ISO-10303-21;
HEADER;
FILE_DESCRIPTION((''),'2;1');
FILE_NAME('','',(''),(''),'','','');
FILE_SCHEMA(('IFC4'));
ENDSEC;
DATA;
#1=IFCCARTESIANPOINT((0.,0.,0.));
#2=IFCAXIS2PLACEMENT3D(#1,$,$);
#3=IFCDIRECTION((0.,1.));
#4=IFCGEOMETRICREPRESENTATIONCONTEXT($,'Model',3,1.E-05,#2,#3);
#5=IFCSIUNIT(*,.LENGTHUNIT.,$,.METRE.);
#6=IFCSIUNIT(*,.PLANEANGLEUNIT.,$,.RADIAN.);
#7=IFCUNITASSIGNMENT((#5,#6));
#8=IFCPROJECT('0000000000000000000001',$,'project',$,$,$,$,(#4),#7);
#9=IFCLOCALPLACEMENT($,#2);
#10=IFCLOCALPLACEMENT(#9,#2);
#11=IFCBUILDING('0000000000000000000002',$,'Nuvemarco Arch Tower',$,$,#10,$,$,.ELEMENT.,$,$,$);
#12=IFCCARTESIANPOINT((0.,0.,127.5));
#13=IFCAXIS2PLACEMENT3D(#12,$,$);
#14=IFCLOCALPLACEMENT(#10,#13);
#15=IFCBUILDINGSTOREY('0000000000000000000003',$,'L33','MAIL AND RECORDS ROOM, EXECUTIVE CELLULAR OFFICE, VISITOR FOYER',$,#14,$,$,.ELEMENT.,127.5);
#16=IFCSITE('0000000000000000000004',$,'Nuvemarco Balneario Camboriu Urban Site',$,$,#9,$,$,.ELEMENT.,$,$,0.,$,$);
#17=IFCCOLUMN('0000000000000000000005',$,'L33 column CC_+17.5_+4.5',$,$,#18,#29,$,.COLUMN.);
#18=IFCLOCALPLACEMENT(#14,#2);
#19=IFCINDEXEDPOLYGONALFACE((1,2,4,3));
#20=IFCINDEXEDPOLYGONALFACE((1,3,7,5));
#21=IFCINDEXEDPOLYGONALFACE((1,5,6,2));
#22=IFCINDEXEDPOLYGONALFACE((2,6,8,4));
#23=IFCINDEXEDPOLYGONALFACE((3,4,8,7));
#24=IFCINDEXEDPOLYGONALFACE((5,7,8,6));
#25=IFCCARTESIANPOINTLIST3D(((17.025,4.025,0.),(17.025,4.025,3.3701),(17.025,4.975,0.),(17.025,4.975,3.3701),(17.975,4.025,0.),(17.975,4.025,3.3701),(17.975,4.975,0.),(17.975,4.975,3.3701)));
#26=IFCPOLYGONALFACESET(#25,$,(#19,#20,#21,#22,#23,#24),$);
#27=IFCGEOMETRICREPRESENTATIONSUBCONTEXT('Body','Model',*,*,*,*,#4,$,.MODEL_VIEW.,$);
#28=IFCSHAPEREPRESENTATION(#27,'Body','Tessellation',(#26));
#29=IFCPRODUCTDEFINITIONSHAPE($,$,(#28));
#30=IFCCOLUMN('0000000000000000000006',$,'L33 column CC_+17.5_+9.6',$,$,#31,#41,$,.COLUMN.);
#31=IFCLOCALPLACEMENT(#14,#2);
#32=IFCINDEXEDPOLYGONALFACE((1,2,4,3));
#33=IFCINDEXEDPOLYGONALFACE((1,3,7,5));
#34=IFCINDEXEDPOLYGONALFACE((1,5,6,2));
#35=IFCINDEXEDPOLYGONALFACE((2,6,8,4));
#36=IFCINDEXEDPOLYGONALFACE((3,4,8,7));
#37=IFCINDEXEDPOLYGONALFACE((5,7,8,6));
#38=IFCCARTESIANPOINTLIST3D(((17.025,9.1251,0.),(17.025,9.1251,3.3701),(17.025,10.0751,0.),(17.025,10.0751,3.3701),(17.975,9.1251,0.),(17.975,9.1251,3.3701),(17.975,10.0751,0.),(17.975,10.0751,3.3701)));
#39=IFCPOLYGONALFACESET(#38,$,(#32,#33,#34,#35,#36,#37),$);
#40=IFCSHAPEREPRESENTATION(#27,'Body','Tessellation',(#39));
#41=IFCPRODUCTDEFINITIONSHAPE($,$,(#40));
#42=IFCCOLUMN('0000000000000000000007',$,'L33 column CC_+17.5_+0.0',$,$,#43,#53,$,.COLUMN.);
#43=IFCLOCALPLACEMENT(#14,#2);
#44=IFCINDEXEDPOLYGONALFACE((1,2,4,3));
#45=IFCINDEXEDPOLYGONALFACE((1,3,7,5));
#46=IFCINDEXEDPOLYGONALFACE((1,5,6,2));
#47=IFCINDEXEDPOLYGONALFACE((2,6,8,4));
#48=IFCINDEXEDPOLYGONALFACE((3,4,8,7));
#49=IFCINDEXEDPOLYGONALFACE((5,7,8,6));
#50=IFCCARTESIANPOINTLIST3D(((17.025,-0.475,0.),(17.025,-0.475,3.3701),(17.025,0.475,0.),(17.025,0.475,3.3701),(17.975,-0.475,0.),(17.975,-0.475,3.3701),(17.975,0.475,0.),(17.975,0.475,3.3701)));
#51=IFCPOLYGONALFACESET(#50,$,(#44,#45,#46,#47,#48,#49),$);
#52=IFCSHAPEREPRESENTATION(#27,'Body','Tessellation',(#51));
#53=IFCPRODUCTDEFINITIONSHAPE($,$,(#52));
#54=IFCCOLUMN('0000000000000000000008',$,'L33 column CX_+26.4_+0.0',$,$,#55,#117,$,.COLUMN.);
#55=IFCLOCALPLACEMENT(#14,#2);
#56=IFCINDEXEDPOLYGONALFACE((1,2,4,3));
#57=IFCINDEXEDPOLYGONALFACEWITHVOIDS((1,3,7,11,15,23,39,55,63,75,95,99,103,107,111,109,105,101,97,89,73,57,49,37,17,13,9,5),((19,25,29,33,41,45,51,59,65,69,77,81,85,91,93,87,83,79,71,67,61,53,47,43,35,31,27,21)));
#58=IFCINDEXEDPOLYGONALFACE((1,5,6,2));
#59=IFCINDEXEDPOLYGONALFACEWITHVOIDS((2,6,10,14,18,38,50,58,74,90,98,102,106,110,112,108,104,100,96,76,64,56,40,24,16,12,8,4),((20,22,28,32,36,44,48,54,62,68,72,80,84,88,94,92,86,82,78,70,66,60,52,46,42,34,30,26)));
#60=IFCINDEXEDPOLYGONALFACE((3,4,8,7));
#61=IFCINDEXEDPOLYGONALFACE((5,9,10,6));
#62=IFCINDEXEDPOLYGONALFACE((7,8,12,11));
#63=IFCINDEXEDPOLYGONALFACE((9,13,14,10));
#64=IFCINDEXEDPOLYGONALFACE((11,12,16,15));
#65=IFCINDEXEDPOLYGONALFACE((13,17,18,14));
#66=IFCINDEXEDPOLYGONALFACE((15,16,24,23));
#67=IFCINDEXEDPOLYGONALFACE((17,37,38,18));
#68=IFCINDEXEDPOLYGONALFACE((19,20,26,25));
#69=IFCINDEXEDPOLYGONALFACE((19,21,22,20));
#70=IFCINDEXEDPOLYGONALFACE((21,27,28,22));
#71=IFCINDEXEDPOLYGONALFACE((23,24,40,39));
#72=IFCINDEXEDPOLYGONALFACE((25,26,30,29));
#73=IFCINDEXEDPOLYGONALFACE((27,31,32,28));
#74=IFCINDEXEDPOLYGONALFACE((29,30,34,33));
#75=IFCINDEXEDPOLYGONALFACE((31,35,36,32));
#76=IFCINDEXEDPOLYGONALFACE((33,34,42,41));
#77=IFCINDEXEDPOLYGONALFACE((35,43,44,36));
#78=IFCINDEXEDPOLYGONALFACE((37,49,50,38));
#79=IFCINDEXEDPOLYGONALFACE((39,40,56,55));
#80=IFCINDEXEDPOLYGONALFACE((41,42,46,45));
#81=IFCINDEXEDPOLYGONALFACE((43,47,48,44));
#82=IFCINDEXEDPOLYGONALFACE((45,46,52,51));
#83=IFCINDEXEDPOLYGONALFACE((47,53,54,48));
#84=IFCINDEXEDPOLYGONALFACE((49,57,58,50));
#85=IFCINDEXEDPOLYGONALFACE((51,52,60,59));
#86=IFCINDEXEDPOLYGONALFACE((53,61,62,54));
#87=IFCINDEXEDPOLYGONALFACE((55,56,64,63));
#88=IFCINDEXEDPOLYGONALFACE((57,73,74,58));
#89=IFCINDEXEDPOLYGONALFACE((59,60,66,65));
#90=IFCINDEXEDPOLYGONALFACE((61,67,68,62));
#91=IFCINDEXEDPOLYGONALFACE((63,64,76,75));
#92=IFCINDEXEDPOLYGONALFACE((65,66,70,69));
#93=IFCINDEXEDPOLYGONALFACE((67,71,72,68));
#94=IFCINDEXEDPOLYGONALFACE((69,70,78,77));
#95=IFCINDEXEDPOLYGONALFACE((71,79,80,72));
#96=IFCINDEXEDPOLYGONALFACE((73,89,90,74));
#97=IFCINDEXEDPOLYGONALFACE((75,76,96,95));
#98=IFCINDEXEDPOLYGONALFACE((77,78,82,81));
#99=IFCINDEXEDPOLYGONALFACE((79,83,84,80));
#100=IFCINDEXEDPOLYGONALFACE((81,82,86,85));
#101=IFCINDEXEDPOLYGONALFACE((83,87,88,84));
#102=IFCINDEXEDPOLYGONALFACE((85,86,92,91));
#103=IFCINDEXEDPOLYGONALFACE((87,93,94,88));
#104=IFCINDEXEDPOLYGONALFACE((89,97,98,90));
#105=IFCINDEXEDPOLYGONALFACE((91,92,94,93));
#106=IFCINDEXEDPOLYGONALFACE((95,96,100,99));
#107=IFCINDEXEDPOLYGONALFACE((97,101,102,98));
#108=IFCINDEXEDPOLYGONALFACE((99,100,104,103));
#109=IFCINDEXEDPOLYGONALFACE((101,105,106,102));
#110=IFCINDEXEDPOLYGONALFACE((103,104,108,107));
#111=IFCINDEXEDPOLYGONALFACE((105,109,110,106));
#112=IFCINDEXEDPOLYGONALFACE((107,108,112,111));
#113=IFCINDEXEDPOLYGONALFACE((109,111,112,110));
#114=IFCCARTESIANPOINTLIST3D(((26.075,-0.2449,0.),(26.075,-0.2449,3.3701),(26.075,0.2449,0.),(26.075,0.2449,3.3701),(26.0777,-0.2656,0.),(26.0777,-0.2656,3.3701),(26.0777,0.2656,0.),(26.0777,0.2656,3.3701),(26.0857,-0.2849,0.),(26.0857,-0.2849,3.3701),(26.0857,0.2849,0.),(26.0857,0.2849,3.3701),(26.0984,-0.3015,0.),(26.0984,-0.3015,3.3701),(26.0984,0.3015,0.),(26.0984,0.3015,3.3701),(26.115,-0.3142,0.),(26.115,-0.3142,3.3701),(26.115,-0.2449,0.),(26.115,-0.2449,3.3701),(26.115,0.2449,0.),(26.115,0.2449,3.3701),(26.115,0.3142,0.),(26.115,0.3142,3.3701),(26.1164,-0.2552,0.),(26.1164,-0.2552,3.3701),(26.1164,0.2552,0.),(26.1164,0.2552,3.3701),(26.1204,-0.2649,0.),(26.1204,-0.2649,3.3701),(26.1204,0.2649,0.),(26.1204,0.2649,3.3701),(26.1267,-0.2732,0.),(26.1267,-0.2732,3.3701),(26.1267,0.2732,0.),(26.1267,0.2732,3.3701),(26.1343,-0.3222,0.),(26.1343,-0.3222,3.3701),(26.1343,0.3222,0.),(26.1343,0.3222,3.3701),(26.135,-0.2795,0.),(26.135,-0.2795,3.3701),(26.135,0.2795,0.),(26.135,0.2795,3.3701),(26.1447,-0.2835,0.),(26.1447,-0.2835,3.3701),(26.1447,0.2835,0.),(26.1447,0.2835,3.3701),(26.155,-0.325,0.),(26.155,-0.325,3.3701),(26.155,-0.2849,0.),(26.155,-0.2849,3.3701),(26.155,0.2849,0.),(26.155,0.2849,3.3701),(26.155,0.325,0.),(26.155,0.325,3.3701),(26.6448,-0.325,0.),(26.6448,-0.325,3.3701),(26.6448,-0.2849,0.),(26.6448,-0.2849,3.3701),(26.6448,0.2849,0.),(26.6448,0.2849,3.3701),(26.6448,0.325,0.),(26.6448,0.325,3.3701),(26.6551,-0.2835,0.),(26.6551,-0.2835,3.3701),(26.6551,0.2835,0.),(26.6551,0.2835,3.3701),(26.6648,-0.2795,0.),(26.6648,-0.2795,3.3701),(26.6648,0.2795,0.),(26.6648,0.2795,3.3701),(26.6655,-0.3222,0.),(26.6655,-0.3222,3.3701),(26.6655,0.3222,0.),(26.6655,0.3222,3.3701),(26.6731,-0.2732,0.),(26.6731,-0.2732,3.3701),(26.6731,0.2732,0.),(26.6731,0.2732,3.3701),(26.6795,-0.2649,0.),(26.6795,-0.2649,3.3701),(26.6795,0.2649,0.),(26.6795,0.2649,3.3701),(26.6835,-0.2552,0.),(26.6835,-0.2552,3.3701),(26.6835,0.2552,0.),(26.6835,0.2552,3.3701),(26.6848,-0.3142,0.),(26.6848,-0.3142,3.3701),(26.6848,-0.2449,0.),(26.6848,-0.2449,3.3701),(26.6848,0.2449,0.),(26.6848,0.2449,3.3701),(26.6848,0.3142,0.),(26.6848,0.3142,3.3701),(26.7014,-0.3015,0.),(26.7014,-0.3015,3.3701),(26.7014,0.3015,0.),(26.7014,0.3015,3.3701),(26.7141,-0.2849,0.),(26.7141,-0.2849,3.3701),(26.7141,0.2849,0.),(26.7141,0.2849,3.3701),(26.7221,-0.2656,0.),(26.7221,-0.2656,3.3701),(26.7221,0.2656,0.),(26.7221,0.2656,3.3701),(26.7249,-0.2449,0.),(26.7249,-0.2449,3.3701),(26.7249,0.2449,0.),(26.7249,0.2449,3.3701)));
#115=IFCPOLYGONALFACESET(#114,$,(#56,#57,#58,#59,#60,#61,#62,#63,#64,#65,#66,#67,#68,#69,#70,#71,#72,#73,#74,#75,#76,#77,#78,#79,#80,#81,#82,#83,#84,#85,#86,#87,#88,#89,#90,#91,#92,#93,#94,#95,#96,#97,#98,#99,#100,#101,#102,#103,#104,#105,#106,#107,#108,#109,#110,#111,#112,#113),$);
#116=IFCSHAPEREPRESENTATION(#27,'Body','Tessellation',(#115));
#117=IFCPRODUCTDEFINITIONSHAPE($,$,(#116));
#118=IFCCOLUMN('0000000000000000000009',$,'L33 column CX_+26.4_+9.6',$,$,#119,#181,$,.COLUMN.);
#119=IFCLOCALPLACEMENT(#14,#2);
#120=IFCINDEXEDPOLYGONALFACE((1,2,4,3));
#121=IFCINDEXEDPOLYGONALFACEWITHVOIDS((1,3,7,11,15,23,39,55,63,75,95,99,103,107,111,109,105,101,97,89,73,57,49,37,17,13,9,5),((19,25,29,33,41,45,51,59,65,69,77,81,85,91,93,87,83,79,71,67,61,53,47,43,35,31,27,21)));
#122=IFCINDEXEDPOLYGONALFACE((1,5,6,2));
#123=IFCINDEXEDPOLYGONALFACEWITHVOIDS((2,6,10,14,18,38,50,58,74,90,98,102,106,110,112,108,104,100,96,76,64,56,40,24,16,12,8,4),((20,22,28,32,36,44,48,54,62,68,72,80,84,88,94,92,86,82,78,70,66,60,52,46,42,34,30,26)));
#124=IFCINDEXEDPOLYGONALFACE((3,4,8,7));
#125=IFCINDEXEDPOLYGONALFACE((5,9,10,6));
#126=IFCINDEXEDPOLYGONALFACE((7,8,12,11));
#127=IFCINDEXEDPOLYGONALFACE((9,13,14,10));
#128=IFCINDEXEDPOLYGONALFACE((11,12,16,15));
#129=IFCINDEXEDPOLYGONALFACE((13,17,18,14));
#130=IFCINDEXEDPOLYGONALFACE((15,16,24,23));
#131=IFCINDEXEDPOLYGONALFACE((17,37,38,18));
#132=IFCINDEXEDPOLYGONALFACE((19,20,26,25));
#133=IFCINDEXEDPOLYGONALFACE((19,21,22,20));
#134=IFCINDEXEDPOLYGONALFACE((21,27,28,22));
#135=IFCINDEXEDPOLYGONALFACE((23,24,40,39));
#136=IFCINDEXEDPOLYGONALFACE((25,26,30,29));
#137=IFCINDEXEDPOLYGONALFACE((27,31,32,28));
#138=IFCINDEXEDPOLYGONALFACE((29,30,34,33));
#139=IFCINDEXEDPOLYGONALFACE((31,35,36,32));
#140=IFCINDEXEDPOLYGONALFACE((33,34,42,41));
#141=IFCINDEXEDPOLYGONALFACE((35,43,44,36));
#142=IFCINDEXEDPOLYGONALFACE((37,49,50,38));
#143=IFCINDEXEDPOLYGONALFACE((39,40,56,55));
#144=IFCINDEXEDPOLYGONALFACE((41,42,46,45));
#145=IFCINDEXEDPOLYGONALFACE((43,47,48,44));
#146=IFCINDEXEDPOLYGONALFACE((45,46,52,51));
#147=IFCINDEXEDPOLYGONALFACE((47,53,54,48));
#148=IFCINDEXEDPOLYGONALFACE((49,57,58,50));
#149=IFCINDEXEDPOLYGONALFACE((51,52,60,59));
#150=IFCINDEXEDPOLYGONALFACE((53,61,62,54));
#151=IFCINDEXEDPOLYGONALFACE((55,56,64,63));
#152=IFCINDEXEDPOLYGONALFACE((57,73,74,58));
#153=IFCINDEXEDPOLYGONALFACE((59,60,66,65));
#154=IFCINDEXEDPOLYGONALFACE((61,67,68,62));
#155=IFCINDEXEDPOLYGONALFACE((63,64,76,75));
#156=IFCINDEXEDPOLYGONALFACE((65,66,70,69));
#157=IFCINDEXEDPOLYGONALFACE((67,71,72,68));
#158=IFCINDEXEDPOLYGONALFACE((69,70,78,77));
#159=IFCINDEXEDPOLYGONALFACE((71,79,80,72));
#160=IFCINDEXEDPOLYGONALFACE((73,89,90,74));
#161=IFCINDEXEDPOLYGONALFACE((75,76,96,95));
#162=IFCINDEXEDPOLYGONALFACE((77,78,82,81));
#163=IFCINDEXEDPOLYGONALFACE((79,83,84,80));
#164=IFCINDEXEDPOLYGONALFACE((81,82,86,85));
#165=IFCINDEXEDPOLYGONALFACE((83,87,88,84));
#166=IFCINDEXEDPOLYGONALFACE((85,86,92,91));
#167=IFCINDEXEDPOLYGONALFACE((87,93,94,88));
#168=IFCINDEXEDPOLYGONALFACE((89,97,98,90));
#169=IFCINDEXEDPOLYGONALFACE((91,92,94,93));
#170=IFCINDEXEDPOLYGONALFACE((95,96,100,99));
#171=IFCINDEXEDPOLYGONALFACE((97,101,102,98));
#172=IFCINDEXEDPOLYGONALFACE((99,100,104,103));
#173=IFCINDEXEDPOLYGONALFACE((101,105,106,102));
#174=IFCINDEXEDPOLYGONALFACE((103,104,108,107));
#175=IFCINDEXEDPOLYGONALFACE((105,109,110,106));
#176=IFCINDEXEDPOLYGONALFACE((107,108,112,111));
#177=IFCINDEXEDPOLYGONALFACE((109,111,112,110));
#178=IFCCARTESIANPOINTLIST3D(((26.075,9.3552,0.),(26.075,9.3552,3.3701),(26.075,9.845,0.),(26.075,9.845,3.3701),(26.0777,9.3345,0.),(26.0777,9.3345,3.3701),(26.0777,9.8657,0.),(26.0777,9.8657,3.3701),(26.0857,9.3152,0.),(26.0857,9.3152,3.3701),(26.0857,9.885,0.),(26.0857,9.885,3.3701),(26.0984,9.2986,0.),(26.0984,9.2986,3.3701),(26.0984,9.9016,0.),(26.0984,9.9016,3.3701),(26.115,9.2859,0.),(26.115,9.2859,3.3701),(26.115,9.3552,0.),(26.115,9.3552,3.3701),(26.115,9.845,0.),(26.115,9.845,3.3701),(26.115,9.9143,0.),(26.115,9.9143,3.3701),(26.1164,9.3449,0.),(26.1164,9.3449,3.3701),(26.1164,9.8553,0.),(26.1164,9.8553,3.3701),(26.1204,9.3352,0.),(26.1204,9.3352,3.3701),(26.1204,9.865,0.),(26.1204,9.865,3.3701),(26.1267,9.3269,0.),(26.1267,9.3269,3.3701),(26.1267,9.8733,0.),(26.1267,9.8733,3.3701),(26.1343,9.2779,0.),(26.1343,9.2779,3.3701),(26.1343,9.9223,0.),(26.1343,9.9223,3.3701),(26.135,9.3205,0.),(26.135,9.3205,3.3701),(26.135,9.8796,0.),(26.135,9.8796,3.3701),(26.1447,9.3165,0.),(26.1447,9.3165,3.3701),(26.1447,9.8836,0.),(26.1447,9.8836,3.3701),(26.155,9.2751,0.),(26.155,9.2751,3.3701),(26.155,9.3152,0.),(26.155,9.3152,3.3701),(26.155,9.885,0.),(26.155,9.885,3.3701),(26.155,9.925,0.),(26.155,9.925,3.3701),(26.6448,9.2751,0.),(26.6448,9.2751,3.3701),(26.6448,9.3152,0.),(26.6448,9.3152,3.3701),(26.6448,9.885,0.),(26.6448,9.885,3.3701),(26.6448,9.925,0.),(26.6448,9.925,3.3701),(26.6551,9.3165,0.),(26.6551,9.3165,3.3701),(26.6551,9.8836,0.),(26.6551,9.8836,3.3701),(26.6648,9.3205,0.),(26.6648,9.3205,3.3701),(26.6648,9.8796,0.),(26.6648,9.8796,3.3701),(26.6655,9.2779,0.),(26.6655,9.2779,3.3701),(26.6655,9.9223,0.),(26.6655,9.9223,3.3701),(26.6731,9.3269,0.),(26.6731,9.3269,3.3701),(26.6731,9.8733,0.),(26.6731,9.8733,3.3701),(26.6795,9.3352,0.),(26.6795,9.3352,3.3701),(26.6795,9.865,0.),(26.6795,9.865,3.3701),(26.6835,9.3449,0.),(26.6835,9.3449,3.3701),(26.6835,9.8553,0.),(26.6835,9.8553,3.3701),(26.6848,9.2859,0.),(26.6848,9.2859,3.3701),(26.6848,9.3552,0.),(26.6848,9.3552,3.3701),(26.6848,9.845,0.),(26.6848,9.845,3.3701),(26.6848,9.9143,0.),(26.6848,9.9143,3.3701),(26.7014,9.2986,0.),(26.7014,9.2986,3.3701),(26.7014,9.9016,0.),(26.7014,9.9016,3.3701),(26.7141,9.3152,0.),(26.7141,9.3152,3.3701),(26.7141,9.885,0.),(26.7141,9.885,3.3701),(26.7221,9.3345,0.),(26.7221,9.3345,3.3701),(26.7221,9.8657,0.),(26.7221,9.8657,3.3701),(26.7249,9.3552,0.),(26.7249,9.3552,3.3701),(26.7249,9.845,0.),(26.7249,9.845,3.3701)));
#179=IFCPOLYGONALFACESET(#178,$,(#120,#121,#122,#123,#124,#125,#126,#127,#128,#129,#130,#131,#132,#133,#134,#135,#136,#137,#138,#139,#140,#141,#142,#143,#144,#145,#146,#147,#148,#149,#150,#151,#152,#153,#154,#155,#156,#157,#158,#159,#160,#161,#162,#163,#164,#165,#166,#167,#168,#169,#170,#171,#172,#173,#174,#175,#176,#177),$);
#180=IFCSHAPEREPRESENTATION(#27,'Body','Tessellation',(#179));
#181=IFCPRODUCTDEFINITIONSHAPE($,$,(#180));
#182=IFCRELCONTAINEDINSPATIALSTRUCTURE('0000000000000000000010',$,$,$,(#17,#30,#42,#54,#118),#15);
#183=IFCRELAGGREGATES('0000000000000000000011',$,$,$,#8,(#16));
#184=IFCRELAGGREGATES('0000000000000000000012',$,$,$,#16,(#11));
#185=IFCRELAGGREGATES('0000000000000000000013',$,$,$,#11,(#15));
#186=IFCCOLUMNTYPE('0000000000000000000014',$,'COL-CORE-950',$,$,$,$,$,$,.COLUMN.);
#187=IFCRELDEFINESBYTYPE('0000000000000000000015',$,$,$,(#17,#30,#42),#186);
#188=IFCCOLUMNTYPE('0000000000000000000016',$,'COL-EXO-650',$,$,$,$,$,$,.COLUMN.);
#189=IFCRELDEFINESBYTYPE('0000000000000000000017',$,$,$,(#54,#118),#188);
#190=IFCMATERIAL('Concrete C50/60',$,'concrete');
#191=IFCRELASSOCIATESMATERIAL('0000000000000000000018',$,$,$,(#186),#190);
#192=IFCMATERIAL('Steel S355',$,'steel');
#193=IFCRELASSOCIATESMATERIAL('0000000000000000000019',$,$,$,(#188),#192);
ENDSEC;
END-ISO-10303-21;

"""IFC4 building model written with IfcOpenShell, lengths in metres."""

from ifc_helpers import new_model, si_unit, direction, frame, origin, origin_2d, place, context, subcontext, project, spatial, rectangle, hollow_rectangle, extrude, material, material_profile, profile_set, type_object, element, save


model = new_model("IFC4")

# Units and contexts
model_context = context("Model", 3, precision=1e-05, world=origin(), true_north=direction((0.0, 1.0)))
body_context = subcontext(model_context, "Body", "Model", "MODEL_VIEW")
ifc_project = project(units=[si_unit("LENGTHUNIT", "METRE"), si_unit("PLANEANGLEUNIT", "RADIAN")], contexts=[model_context])

# Site, building, storey
site_placement = place(None, origin())
site = spatial("IfcSite", under=ifc_project, at=site_placement, Name="Nuvemarco Balneario Camboriu Urban Site", CompositionType="ELEMENT", RefElevation=0.0)
building_placement = place(site_placement, origin())
building = spatial("IfcBuilding", under=site, at=building_placement, Name="Nuvemarco Arch Tower", CompositionType="ELEMENT")
storey_placement = place(building_placement, frame((0.0, 0.0, 127.5)))
storey = spatial("IfcBuildingStorey", under=building, at=storey_placement, Name="L33", Description="MAIL AND RECORDS ROOM, EXECUTIVE CELLULAR OFFICE, VISITOR FOYER", CompositionType="ELEMENT", Elevation=127.5)

# Columns
ifc_material_1 = material(Name="Concrete C50/60", Category="concrete")
ifc_material_profile_1 = material_profile(ifc_material_1, rectangle(XDim=0.95, YDim=0.95, at=origin_2d()), Name="RC-COL-950x950")
ifc_profile_set_1 = profile_set([ifc_material_profile_1], Name="Concrete C50/60")
column_type_1 = type_object("IfcColumnType", Name="COL-CORE-950", PredefinedType="COLUMN", material=ifc_profile_set_1)
for number, where, z_axis, x_axis, name in (
    (1, (17.5, 4.5, 0.0), (0.0, 0.0, 1.0), (1.0, 0.0, 0.0), "L33 column CC_+17.5_+4.5"),
    (2, (17.5, 9.6001, 0.0), (0.0, 0.0, 1.0), (1.0, 0.0, 0.0), "L33 column CC_+17.5_+9.6"),
    (3, (17.5, 0.0, 0.0), (0.0, 0.0, 1.0), (1.0, 0.0, 0.0), "L33 column CC_+17.5_+0.0"),
):
    element("IfcColumn", number, at=place(storey_placement, frame(where, z_axis=z_axis, x_axis=x_axis)), inside=storey, type_object=column_type_1, Name=name, PredefinedType="COLUMN", context=body_context, shape_type="SweptSolid", body=[
        extrude(rectangle(XDim=0.95, YDim=0.95, at=origin_2d()), origin(), (0.0, 0.0, 1.0), 3.3701),
    ])
ifc_material_2 = material(Name="Steel S355", Category="steel")
ifc_material_profile_2 = material_profile(ifc_material_2, hollow_rectangle(XDim=0.6499, YDim=0.6499, WallThickness=0.04, InnerFilletRadius=0.04, OuterFilletRadius=0.0801, at=origin_2d()), Name="SHS650x650x40")
ifc_profile_set_2 = profile_set([ifc_material_profile_2], Name="Steel S355")
column_type_2 = type_object("IfcColumnType", Name="COL-EXO-650", PredefinedType="COLUMN", material=ifc_profile_set_2)
for number, where, z_axis, x_axis, name in (
    (4, (26.3999, 0.0, 0.0), (0.0, 0.0, 1.0), (1.0, 0.0, 0.0), "L33 column CX_+26.4_+0.0"),
    (5, (26.3999, 9.6001, 0.0), (0.0, 0.0, 1.0), (1.0, 0.0, 0.0), "L33 column CX_+26.4_+9.6"),
):
    element("IfcColumn", number, at=place(storey_placement, frame(where, z_axis=z_axis, x_axis=x_axis)), inside=storey, type_object=column_type_2, Name=name, PredefinedType="COLUMN", context=body_context, shape_type="SweptSolid", body=[
        extrude(hollow_rectangle(XDim=0.6499, YDim=0.6499, WallThickness=0.04, InnerFilletRadius=0.04, OuterFilletRadius=0.0801, at=origin_2d()), origin(), (0.0, 0.0, 1.0), 3.3701),
    ])

save(model, "model.ifc")
